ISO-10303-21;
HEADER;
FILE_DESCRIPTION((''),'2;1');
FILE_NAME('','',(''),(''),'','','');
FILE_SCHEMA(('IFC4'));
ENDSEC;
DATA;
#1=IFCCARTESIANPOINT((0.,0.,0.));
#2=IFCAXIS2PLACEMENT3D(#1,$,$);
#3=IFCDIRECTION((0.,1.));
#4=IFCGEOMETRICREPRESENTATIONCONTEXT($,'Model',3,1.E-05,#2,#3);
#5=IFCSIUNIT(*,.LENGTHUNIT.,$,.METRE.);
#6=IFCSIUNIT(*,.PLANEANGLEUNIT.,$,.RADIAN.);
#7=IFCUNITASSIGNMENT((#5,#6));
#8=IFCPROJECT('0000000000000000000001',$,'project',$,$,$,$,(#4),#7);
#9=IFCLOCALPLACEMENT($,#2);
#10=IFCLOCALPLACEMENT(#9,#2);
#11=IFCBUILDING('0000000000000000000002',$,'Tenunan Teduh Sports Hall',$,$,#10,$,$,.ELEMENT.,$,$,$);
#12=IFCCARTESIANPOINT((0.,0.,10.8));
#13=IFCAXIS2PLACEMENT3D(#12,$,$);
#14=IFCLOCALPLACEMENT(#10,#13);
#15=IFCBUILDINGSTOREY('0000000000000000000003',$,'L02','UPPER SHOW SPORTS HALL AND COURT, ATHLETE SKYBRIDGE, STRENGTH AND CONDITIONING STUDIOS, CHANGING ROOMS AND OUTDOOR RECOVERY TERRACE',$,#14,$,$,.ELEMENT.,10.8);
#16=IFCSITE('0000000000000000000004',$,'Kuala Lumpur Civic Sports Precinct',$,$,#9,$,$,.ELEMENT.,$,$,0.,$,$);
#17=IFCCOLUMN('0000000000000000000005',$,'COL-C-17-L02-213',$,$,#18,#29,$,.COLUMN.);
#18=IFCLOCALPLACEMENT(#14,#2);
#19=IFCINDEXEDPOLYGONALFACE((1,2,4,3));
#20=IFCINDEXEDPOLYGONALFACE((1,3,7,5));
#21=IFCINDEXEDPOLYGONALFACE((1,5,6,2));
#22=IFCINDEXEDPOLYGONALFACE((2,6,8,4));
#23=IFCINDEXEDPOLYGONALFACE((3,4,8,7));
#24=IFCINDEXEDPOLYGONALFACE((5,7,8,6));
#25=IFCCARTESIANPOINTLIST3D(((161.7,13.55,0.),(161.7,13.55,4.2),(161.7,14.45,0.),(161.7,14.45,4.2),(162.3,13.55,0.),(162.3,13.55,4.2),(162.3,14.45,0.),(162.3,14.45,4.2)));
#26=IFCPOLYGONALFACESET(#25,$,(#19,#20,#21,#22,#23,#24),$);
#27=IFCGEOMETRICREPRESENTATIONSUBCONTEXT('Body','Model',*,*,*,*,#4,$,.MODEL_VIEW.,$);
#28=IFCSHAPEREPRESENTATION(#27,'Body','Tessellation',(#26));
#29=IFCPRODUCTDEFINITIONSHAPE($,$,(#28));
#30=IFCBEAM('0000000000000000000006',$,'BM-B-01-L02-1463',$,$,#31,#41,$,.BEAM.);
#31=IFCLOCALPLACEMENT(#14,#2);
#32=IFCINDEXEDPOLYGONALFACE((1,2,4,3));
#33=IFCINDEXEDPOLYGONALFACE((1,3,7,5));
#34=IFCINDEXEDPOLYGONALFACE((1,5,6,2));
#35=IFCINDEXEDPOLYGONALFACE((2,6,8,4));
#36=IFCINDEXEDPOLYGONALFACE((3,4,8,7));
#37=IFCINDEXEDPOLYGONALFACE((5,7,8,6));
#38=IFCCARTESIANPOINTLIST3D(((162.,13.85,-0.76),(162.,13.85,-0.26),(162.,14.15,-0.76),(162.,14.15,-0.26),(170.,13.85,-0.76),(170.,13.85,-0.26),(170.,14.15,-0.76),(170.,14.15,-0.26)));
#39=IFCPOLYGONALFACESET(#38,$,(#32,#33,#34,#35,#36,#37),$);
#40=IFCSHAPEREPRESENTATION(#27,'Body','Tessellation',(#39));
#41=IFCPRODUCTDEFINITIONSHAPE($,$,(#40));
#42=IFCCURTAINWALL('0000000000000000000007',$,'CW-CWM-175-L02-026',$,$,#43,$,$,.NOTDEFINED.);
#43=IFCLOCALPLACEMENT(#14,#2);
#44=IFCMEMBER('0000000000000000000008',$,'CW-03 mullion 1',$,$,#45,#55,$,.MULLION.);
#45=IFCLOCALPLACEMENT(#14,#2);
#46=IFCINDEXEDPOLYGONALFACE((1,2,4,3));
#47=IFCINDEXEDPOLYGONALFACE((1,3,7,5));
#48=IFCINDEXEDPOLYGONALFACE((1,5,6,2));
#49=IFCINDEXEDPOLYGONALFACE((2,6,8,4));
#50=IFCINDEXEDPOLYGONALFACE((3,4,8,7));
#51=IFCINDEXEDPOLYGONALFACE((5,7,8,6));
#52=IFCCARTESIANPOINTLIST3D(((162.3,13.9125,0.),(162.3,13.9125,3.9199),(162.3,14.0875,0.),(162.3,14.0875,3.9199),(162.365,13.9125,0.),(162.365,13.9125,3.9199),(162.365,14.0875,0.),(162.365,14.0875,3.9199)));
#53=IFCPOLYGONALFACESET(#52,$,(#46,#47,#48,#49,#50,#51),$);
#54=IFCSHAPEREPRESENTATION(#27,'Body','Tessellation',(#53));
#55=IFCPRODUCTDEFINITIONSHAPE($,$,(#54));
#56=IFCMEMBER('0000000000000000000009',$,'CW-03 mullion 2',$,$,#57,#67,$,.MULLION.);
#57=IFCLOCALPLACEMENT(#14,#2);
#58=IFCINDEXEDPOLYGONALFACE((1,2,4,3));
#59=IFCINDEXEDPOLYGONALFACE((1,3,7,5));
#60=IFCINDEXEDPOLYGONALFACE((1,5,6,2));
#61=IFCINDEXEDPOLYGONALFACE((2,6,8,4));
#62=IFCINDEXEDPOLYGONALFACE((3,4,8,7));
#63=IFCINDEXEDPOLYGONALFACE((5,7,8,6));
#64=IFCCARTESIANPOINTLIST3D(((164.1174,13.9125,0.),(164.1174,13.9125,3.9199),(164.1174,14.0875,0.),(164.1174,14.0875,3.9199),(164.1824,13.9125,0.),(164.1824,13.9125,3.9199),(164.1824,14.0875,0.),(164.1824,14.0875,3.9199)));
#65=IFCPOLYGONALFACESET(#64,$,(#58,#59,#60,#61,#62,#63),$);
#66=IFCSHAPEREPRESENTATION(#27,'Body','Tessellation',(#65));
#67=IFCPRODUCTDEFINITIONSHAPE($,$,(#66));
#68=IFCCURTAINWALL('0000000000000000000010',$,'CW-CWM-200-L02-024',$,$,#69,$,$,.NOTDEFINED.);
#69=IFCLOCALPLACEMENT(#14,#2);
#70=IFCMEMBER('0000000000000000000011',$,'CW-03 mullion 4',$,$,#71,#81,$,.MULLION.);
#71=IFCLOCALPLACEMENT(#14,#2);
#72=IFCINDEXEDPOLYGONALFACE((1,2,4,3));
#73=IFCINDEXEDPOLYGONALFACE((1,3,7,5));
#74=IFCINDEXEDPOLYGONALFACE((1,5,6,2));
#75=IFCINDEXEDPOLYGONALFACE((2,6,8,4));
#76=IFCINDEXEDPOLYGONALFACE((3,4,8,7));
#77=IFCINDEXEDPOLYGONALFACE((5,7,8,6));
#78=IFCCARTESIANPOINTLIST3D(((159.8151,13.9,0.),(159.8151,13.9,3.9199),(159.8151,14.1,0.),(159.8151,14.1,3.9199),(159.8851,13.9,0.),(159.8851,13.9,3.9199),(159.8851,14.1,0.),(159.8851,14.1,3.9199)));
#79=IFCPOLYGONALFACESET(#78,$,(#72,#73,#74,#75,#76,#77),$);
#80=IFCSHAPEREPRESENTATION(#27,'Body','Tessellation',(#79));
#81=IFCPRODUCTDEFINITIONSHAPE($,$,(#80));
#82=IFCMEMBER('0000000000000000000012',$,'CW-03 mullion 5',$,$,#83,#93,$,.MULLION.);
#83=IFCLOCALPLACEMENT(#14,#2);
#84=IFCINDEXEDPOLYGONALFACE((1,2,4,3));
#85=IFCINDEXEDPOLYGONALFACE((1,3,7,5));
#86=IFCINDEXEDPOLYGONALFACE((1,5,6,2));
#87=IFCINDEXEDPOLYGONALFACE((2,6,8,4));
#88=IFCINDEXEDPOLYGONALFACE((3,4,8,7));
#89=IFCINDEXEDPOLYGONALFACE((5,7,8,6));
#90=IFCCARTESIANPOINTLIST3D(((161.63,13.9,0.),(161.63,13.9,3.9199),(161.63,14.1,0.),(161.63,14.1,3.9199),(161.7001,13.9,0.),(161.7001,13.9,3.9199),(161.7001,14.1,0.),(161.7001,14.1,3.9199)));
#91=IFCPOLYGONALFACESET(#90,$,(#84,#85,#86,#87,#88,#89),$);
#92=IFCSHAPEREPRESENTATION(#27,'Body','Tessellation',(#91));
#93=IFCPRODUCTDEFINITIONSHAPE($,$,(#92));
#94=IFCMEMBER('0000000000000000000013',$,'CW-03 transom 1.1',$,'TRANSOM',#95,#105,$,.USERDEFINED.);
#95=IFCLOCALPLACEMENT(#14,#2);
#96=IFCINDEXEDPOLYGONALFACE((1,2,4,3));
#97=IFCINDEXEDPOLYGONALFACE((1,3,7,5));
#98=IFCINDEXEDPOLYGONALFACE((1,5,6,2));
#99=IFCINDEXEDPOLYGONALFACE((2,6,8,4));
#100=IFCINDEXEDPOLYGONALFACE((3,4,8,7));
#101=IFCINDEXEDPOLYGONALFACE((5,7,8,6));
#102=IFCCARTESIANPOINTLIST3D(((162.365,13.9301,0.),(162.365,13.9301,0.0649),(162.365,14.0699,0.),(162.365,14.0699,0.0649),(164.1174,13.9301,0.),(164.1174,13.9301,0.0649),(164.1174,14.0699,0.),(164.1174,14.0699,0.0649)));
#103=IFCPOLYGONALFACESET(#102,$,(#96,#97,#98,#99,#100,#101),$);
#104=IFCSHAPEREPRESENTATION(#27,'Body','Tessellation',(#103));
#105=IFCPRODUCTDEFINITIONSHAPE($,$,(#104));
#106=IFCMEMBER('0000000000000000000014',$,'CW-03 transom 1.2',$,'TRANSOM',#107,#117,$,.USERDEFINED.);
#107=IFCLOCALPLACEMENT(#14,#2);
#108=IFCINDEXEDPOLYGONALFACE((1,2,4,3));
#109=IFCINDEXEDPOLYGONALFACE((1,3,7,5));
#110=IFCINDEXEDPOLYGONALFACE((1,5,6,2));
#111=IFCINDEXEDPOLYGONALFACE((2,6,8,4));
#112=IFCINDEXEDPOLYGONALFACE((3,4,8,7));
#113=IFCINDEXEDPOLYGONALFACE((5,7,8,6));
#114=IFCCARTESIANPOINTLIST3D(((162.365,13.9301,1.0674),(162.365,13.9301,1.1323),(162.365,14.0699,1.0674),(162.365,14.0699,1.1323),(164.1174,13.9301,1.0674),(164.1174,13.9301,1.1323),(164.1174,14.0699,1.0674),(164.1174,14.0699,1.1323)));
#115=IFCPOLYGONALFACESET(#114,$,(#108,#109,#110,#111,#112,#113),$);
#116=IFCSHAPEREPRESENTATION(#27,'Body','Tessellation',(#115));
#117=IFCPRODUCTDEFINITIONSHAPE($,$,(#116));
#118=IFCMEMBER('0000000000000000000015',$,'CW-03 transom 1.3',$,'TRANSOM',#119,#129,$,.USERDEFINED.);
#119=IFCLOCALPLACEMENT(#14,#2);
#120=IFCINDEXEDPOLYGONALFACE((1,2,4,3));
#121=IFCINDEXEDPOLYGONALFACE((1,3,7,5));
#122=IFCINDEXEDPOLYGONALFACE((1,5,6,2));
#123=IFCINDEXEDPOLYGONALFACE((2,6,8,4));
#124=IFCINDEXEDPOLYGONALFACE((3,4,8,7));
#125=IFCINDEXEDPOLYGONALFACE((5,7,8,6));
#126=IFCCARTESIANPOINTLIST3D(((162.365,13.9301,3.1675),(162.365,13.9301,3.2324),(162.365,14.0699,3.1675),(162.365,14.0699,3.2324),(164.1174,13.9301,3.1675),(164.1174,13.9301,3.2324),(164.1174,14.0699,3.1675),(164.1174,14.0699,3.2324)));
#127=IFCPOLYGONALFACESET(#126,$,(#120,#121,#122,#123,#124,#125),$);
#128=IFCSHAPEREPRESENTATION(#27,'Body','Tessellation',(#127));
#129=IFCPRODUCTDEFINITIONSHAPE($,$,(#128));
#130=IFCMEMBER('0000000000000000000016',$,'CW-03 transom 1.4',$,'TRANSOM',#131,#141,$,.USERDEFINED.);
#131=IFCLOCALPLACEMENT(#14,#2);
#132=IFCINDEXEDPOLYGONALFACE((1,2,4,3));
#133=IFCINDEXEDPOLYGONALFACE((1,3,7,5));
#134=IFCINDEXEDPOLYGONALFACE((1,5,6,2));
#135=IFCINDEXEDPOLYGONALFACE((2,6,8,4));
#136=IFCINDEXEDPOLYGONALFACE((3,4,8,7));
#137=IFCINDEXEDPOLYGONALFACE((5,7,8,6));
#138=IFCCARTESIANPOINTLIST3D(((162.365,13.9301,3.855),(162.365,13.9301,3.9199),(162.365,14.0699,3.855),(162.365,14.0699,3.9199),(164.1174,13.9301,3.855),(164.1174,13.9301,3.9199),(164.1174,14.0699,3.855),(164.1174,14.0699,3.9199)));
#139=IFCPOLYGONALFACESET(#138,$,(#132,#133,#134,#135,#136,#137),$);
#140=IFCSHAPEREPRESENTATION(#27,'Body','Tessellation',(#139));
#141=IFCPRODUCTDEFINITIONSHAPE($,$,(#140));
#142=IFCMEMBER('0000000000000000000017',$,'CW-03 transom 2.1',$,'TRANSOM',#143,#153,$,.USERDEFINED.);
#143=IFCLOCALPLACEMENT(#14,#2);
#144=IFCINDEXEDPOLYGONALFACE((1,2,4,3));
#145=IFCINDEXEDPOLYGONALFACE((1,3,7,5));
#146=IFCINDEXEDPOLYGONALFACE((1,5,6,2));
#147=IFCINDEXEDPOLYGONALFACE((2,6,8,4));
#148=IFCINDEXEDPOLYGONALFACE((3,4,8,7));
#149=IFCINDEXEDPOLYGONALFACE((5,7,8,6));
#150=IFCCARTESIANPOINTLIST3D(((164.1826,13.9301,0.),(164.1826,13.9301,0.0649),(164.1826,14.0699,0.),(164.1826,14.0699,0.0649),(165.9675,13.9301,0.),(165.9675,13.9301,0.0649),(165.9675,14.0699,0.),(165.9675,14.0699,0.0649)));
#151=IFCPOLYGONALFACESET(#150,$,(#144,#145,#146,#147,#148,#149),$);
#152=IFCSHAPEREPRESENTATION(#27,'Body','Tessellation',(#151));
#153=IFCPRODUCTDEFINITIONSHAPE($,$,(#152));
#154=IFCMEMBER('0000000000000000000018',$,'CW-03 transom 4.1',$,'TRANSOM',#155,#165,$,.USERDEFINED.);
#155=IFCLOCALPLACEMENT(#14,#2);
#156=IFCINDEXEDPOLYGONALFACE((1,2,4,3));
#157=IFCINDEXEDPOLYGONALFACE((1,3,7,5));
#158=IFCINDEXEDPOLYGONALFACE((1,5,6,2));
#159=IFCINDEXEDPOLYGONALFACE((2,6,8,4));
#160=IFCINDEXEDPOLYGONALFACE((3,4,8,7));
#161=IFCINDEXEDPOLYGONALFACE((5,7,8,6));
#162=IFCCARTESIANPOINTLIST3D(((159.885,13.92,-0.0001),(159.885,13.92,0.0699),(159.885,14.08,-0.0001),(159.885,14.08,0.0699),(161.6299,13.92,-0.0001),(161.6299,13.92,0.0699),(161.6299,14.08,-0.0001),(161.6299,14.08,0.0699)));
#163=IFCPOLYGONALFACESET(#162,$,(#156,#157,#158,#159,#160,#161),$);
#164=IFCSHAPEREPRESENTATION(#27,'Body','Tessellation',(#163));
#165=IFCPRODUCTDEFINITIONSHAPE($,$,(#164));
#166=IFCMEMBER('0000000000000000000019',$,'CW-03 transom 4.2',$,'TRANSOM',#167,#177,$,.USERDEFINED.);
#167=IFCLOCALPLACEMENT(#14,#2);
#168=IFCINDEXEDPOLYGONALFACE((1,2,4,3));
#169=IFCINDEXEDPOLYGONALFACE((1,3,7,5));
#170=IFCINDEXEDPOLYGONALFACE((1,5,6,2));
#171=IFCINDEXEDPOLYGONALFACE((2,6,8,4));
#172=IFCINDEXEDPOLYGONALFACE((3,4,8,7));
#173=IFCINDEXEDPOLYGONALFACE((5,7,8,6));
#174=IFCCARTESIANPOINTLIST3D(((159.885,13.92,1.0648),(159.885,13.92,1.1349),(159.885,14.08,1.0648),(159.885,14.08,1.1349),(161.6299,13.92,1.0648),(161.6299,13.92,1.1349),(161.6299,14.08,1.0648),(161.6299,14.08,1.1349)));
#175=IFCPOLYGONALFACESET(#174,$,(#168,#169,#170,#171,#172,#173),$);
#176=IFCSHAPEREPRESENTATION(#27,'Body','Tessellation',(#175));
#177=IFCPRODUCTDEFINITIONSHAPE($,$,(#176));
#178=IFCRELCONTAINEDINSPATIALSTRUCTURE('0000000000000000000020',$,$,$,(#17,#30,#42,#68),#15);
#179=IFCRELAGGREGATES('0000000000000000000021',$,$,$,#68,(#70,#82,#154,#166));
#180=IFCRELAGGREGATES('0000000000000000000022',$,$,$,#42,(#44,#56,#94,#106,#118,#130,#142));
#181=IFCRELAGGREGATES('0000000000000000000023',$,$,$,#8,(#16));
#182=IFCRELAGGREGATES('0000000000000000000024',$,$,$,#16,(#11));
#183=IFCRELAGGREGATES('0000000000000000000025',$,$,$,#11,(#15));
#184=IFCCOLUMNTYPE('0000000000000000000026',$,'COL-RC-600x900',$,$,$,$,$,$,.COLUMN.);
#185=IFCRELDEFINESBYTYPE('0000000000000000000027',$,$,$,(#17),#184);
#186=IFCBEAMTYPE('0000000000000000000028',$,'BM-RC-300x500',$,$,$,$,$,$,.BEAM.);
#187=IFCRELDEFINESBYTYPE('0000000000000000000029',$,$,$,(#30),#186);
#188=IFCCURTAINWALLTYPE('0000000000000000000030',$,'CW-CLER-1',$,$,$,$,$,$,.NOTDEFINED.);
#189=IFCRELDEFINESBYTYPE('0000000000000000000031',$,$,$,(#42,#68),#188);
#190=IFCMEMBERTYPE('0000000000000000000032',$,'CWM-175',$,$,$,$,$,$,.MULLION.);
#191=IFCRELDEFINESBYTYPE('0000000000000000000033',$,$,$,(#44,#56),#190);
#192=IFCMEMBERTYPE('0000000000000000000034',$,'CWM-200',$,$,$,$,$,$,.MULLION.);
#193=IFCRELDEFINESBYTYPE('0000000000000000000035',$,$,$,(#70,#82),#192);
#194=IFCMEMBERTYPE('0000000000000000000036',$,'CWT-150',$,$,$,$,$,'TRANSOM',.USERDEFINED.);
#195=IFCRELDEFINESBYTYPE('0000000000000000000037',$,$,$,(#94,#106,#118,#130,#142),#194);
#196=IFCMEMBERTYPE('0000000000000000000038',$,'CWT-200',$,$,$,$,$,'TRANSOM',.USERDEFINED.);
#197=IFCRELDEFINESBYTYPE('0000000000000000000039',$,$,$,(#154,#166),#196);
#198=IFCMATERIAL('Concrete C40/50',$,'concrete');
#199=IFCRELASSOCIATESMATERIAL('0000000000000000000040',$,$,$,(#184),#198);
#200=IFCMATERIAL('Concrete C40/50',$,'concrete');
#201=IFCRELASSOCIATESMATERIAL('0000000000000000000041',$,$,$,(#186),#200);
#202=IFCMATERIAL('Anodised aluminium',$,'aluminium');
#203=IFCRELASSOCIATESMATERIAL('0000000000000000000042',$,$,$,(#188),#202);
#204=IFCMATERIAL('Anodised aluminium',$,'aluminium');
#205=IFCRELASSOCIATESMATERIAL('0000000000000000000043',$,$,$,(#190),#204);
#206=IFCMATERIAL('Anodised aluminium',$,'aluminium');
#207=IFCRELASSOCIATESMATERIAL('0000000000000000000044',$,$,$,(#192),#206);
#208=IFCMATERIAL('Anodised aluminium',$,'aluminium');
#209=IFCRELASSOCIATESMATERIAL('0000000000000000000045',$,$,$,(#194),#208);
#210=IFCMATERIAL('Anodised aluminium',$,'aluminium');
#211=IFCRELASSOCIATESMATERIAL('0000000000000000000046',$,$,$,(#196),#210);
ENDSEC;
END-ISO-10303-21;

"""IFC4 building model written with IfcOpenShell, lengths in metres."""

from ifc_helpers import new_model, si_unit, direction, frame, origin, origin_2d, place, context, subcontext, project, spatial, rectangle, extrude, material, material_profile, profile_set, type_object, element, aggregate, save


model = new_model("IFC4")

# Units and contexts
model_context = context("Model", 3, precision=1e-05, world=origin(), true_north=direction((0.0, 1.0)))
body_context = subcontext(model_context, "Body", "Model", "MODEL_VIEW")
ifc_project = project(units=[si_unit("LENGTHUNIT", "METRE"), si_unit("PLANEANGLEUNIT", "RADIAN")], contexts=[model_context])

# Site, building, storey
site_placement = place(None, origin())
site = spatial("IfcSite", under=ifc_project, at=site_placement, Name="Kuala Lumpur Civic Sports Precinct", CompositionType="ELEMENT", RefElevation=0.0)
building_placement = place(site_placement, origin())
building = spatial("IfcBuilding", under=site, at=building_placement, Name="Tenunan Teduh Sports Hall", CompositionType="ELEMENT")
storey_placement = place(building_placement, frame((0.0, 0.0, 10.8)))
storey = spatial("IfcBuildingStorey", under=building, at=storey_placement, Name="L02", Description="UPPER SHOW SPORTS HALL AND COURT, ATHLETE SKYBRIDGE, STRENGTH AND CONDITIONING STUDIOS, CHANGING ROOMS AND OUTDOOR RECOVERY TERRACE", CompositionType="ELEMENT", Elevation=10.8)

# Column
ifc_material_1 = material(Name="Concrete C40/50", Category="concrete")
ifc_material_profile_1 = material_profile(ifc_material_1, rectangle(XDim=0.6001, YDim=0.8999, at=origin_2d()), Name="RC 600x900")
ifc_profile_set_1 = profile_set([ifc_material_profile_1], Name="Concrete C40/50")
column_type = type_object("IfcColumnType", Name="COL-RC-600x900", PredefinedType="COLUMN", material=ifc_profile_set_1)
column_placement = place(storey_placement, frame((162.0, 14.0, 0.0), z_axis=(0.0, 0.0, 1.0), x_axis=(1.0, 0.0, 0.0)))
element("IfcColumn", 1, at=column_placement, inside=storey, type_object=column_type, Name="COL-C-17-L02-213", PredefinedType="COLUMN", context=body_context, shape_type="SweptSolid", body=[
    extrude(rectangle(XDim=0.6001, YDim=0.8999, at=origin_2d()), origin(), (0.0, 0.0, 1.0), 4.2),
])

# Beam
ifc_material_2 = material(Name="Concrete C40/50", Category="concrete")
ifc_material_profile_2 = material_profile(ifc_material_2, rectangle(XDim=0.3, YDim=0.5, at=origin_2d()), Name="RCB 300x500")
ifc_profile_set_2 = profile_set([ifc_material_profile_2], Name="Concrete C40/50")
beam_type = type_object("IfcBeamType", Name="BM-RC-300x500", PredefinedType="BEAM", material=ifc_profile_set_2)
beam_placement = place(storey_placement, frame((162.0, 14.0, -0.51), z_axis=(1.0, 0.0, 0.0), x_axis=(0.0, 1.0, 0.0)))
element("IfcBeam", 2, at=beam_placement, inside=storey, type_object=beam_type, Name="BM-B-01-L02-1463", PredefinedType="BEAM", context=body_context, shape_type="SweptSolid", body=[
    extrude(rectangle(XDim=0.3, YDim=0.5, at=origin_2d()), origin(), (0.0, 0.0, 1.0), 8.0),
])

# Curtain walls, members
ifc_material_3 = material(Name="Anodised aluminium", Category="aluminium")
curtain_wall_type = type_object("IfcCurtainWallType", Name="CW-CLER-1", PredefinedType="NOTDEFINED", material=ifc_material_3)
curtain_wall_1_placement = place(storey_placement, origin())
curtain_wall_1 = element("IfcCurtainWall", 3, at=curtain_wall_1_placement, inside=storey, type_object=curtain_wall_type, Name="CW-CWM-175-L02-026", PredefinedType="NOTDEFINED")
ifc_material_4 = material(Name="Anodised aluminium", Category="aluminium")
ifc_material_profile_3 = material_profile(ifc_material_4, rectangle(XDim=0.0649, YDim=0.175, at=origin_2d()), Name="CWM 65x175")
ifc_profile_set_3 = profile_set([ifc_material_profile_3], Name="Anodised aluminium")
member_type_1 = type_object("IfcMemberType", Name="CWM-175", PredefinedType="MULLION", material=ifc_profile_set_3)
member_1_placement = place(storey_placement, frame((162.3325, 14.0, 0.0), z_axis=(0.0, 0.0, 1.0), x_axis=(1.0, 0.0, 0.0)))
member_1 = element("IfcMember", 4, at=member_1_placement, type_object=member_type_1, Name="CW-03 mullion 1", PredefinedType="MULLION", context=body_context, shape_type="SweptSolid", body=[
    extrude(rectangle(XDim=0.0649, YDim=0.175, at=origin_2d()), origin(), (0.0, 0.0, 1.0), 3.9199),
])
member_2_placement = place(storey_placement, frame((164.1499, 14.0, 0.0), z_axis=(0.0, 0.0, 1.0), x_axis=(1.0, 0.0, 0.0)))
member_2 = element("IfcMember", 5, at=member_2_placement, type_object=member_type_1, Name="CW-03 mullion 2", PredefinedType="MULLION", context=body_context, shape_type="SweptSolid", body=[
    extrude(rectangle(XDim=0.0649, YDim=0.175, at=origin_2d()), origin(), (0.0, 0.0, 1.0), 3.9199),
])
curtain_wall_2_placement = place(storey_placement, origin())
curtain_wall_2 = element("IfcCurtainWall", 6, at=curtain_wall_2_placement, inside=storey, type_object=curtain_wall_type, Name="CW-CWM-200-L02-024", PredefinedType="NOTDEFINED")
ifc_material_5 = material(Name="Anodised aluminium", Category="aluminium")
ifc_material_profile_4 = material_profile(ifc_material_5, rectangle(XDim=0.0701, YDim=0.2, at=origin_2d()), Name="CWM 70x200")
ifc_profile_set_4 = profile_set([ifc_material_profile_4], Name="Anodised aluminium")
member_type_2 = type_object("IfcMemberType", Name="CWM-200", PredefinedType="MULLION", material=ifc_profile_set_4)
member_3_placement = place(storey_placement, frame((159.8501, 14.0, 0.0), z_axis=(0.0, 0.0, 1.0), x_axis=(1.0, 0.0, 0.0)))
member_3 = element("IfcMember", 7, at=member_3_placement, type_object=member_type_2, Name="CW-03 mullion 4", PredefinedType="MULLION", context=body_context, shape_type="SweptSolid", body=[
    extrude(rectangle(XDim=0.0701, YDim=0.2, at=origin_2d()), origin(), (0.0, 0.0, 1.0), 3.9199),
])
member_4_placement = place(storey_placement, frame((161.665, 14.0, 0.0), z_axis=(0.0, 0.0, 1.0), x_axis=(1.0, 0.0, 0.0)))
member_4 = element("IfcMember", 8, at=member_4_placement, type_object=member_type_2, Name="CW-03 mullion 5", PredefinedType="MULLION", context=body_context, shape_type="SweptSolid", body=[
    extrude(rectangle(XDim=0.0701, YDim=0.2, at=origin_2d()), origin(), (0.0, 0.0, 1.0), 3.9199),
])

# Members
ifc_material_6 = material(Name="Anodised aluminium", Category="aluminium")
ifc_material_profile_5 = material_profile(ifc_material_6, rectangle(XDim=0.0649, YDim=0.1399, at=origin_2d()), Name="CWT 65x140")
ifc_profile_set_5 = profile_set([ifc_material_profile_5], Name="Anodised aluminium")
member_type_3 = type_object("IfcMemberType", Name="CWT-150", ElementType="TRANSOM", PredefinedType="USERDEFINED", material=ifc_profile_set_5)
member_5_placement = place(storey_placement, frame((162.365, 14.0, 0.0325), z_axis=(1.0, 0.0, 0.0), x_axis=(0.0, 0.0, 1.0)))
member_5 = element("IfcMember", 9, at=member_5_placement, type_object=member_type_3, Name="CW-03 transom 1.1", ObjectType="TRANSOM", PredefinedType="USERDEFINED", context=body_context, shape_type="SweptSolid", body=[
    extrude(rectangle(XDim=0.0649, YDim=0.1399, at=origin_2d()), origin(), (0.0, 0.0, 1.0), 1.7524),
])
member_6_placement = place(storey_placement, frame((162.365, 14.0, 1.0999), z_axis=(1.0, 0.0, 0.0), x_axis=(0.0, 0.0, 1.0)))
member_6 = element("IfcMember", 10, at=member_6_placement, type_object=member_type_3, Name="CW-03 transom 1.2", ObjectType="TRANSOM", PredefinedType="USERDEFINED", context=body_context, shape_type="SweptSolid", body=[
    extrude(rectangle(XDim=0.0649, YDim=0.1399, at=origin_2d()), origin(), (0.0, 0.0, 1.0), 1.7524),
])
member_7_placement = place(storey_placement, frame((162.365, 14.0, 3.2), z_axis=(1.0, 0.0, 0.0), x_axis=(0.0, 0.0, 1.0)))
member_7 = element("IfcMember", 11, at=member_7_placement, type_object=member_type_3, Name="CW-03 transom 1.3", ObjectType="TRANSOM", PredefinedType="USERDEFINED", context=body_context, shape_type="SweptSolid", body=[
    extrude(rectangle(XDim=0.0649, YDim=0.1399, at=origin_2d()), origin(), (0.0, 0.0, 1.0), 1.7524),
])
member_8_placement = place(storey_placement, frame((162.365, 14.0, 3.8875), z_axis=(1.0, 0.0, 0.0), x_axis=(0.0, 0.0, 1.0)))
member_8 = element("IfcMember", 12, at=member_8_placement, type_object=member_type_3, Name="CW-03 transom 1.4", ObjectType="TRANSOM", PredefinedType="USERDEFINED", context=body_context, shape_type="SweptSolid", body=[
    extrude(rectangle(XDim=0.0649, YDim=0.1399, at=origin_2d()), origin(), (0.0, 0.0, 1.0), 1.7524),
])
member_9_placement = place(storey_placement, frame((164.1826, 14.0, 0.0325), z_axis=(1.0, 0.0, 0.0), x_axis=(0.0, 0.0, 1.0)))
member_9 = element("IfcMember", 13, at=member_9_placement, type_object=member_type_3, Name="CW-03 transom 2.1", ObjectType="TRANSOM", PredefinedType="USERDEFINED", context=body_context, shape_type="SweptSolid", body=[
    extrude(rectangle(XDim=0.0649, YDim=0.1399, at=origin_2d()), origin(), (0.0, 0.0, 1.0), 1.7849),
])
ifc_material_7 = material(Name="Anodised aluminium", Category="aluminium")
ifc_material_profile_6 = material_profile(ifc_material_7, rectangle(XDim=0.0701, YDim=0.1599, at=origin_2d()), Name="CWT 70x160")
ifc_profile_set_6 = profile_set([ifc_material_profile_6], Name="Anodised aluminium")
member_type_4 = type_object("IfcMemberType", Name="CWT-200", ElementType="TRANSOM", PredefinedType="USERDEFINED", material=ifc_profile_set_6)
member_10_placement = place(storey_placement, frame((159.885, 14.0, 0.0349), z_axis=(1.0, 0.0, 0.0), x_axis=(0.0, 0.0, 1.0)))
member_10 = element("IfcMember", 14, at=member_10_placement, type_object=member_type_4, Name="CW-03 transom 4.1", ObjectType="TRANSOM", PredefinedType="USERDEFINED", context=body_context, shape_type="SweptSolid", body=[
    extrude(rectangle(XDim=0.0701, YDim=0.1599, at=origin_2d()), origin(), (0.0, 0.0, 1.0), 1.7449),
])
member_11_placement = place(storey_placement, frame((159.885, 14.0, 1.0999), z_axis=(1.0, 0.0, 0.0), x_axis=(0.0, 0.0, 1.0)))
member_11 = element("IfcMember", 15, at=member_11_placement, type_object=member_type_4, Name="CW-03 transom 4.2", ObjectType="TRANSOM", PredefinedType="USERDEFINED", context=body_context, shape_type="SweptSolid", body=[
    extrude(rectangle(XDim=0.0701, YDim=0.1599, at=origin_2d()), origin(), (0.0, 0.0, 1.0), 1.7449),
])

aggregate(curtain_wall_2, [member_3, member_4, member_10, member_11])
aggregate(curtain_wall_1, [member_1, member_2, member_5, member_6, member_7, member_8, member_9])

save(model, "model.ifc")
